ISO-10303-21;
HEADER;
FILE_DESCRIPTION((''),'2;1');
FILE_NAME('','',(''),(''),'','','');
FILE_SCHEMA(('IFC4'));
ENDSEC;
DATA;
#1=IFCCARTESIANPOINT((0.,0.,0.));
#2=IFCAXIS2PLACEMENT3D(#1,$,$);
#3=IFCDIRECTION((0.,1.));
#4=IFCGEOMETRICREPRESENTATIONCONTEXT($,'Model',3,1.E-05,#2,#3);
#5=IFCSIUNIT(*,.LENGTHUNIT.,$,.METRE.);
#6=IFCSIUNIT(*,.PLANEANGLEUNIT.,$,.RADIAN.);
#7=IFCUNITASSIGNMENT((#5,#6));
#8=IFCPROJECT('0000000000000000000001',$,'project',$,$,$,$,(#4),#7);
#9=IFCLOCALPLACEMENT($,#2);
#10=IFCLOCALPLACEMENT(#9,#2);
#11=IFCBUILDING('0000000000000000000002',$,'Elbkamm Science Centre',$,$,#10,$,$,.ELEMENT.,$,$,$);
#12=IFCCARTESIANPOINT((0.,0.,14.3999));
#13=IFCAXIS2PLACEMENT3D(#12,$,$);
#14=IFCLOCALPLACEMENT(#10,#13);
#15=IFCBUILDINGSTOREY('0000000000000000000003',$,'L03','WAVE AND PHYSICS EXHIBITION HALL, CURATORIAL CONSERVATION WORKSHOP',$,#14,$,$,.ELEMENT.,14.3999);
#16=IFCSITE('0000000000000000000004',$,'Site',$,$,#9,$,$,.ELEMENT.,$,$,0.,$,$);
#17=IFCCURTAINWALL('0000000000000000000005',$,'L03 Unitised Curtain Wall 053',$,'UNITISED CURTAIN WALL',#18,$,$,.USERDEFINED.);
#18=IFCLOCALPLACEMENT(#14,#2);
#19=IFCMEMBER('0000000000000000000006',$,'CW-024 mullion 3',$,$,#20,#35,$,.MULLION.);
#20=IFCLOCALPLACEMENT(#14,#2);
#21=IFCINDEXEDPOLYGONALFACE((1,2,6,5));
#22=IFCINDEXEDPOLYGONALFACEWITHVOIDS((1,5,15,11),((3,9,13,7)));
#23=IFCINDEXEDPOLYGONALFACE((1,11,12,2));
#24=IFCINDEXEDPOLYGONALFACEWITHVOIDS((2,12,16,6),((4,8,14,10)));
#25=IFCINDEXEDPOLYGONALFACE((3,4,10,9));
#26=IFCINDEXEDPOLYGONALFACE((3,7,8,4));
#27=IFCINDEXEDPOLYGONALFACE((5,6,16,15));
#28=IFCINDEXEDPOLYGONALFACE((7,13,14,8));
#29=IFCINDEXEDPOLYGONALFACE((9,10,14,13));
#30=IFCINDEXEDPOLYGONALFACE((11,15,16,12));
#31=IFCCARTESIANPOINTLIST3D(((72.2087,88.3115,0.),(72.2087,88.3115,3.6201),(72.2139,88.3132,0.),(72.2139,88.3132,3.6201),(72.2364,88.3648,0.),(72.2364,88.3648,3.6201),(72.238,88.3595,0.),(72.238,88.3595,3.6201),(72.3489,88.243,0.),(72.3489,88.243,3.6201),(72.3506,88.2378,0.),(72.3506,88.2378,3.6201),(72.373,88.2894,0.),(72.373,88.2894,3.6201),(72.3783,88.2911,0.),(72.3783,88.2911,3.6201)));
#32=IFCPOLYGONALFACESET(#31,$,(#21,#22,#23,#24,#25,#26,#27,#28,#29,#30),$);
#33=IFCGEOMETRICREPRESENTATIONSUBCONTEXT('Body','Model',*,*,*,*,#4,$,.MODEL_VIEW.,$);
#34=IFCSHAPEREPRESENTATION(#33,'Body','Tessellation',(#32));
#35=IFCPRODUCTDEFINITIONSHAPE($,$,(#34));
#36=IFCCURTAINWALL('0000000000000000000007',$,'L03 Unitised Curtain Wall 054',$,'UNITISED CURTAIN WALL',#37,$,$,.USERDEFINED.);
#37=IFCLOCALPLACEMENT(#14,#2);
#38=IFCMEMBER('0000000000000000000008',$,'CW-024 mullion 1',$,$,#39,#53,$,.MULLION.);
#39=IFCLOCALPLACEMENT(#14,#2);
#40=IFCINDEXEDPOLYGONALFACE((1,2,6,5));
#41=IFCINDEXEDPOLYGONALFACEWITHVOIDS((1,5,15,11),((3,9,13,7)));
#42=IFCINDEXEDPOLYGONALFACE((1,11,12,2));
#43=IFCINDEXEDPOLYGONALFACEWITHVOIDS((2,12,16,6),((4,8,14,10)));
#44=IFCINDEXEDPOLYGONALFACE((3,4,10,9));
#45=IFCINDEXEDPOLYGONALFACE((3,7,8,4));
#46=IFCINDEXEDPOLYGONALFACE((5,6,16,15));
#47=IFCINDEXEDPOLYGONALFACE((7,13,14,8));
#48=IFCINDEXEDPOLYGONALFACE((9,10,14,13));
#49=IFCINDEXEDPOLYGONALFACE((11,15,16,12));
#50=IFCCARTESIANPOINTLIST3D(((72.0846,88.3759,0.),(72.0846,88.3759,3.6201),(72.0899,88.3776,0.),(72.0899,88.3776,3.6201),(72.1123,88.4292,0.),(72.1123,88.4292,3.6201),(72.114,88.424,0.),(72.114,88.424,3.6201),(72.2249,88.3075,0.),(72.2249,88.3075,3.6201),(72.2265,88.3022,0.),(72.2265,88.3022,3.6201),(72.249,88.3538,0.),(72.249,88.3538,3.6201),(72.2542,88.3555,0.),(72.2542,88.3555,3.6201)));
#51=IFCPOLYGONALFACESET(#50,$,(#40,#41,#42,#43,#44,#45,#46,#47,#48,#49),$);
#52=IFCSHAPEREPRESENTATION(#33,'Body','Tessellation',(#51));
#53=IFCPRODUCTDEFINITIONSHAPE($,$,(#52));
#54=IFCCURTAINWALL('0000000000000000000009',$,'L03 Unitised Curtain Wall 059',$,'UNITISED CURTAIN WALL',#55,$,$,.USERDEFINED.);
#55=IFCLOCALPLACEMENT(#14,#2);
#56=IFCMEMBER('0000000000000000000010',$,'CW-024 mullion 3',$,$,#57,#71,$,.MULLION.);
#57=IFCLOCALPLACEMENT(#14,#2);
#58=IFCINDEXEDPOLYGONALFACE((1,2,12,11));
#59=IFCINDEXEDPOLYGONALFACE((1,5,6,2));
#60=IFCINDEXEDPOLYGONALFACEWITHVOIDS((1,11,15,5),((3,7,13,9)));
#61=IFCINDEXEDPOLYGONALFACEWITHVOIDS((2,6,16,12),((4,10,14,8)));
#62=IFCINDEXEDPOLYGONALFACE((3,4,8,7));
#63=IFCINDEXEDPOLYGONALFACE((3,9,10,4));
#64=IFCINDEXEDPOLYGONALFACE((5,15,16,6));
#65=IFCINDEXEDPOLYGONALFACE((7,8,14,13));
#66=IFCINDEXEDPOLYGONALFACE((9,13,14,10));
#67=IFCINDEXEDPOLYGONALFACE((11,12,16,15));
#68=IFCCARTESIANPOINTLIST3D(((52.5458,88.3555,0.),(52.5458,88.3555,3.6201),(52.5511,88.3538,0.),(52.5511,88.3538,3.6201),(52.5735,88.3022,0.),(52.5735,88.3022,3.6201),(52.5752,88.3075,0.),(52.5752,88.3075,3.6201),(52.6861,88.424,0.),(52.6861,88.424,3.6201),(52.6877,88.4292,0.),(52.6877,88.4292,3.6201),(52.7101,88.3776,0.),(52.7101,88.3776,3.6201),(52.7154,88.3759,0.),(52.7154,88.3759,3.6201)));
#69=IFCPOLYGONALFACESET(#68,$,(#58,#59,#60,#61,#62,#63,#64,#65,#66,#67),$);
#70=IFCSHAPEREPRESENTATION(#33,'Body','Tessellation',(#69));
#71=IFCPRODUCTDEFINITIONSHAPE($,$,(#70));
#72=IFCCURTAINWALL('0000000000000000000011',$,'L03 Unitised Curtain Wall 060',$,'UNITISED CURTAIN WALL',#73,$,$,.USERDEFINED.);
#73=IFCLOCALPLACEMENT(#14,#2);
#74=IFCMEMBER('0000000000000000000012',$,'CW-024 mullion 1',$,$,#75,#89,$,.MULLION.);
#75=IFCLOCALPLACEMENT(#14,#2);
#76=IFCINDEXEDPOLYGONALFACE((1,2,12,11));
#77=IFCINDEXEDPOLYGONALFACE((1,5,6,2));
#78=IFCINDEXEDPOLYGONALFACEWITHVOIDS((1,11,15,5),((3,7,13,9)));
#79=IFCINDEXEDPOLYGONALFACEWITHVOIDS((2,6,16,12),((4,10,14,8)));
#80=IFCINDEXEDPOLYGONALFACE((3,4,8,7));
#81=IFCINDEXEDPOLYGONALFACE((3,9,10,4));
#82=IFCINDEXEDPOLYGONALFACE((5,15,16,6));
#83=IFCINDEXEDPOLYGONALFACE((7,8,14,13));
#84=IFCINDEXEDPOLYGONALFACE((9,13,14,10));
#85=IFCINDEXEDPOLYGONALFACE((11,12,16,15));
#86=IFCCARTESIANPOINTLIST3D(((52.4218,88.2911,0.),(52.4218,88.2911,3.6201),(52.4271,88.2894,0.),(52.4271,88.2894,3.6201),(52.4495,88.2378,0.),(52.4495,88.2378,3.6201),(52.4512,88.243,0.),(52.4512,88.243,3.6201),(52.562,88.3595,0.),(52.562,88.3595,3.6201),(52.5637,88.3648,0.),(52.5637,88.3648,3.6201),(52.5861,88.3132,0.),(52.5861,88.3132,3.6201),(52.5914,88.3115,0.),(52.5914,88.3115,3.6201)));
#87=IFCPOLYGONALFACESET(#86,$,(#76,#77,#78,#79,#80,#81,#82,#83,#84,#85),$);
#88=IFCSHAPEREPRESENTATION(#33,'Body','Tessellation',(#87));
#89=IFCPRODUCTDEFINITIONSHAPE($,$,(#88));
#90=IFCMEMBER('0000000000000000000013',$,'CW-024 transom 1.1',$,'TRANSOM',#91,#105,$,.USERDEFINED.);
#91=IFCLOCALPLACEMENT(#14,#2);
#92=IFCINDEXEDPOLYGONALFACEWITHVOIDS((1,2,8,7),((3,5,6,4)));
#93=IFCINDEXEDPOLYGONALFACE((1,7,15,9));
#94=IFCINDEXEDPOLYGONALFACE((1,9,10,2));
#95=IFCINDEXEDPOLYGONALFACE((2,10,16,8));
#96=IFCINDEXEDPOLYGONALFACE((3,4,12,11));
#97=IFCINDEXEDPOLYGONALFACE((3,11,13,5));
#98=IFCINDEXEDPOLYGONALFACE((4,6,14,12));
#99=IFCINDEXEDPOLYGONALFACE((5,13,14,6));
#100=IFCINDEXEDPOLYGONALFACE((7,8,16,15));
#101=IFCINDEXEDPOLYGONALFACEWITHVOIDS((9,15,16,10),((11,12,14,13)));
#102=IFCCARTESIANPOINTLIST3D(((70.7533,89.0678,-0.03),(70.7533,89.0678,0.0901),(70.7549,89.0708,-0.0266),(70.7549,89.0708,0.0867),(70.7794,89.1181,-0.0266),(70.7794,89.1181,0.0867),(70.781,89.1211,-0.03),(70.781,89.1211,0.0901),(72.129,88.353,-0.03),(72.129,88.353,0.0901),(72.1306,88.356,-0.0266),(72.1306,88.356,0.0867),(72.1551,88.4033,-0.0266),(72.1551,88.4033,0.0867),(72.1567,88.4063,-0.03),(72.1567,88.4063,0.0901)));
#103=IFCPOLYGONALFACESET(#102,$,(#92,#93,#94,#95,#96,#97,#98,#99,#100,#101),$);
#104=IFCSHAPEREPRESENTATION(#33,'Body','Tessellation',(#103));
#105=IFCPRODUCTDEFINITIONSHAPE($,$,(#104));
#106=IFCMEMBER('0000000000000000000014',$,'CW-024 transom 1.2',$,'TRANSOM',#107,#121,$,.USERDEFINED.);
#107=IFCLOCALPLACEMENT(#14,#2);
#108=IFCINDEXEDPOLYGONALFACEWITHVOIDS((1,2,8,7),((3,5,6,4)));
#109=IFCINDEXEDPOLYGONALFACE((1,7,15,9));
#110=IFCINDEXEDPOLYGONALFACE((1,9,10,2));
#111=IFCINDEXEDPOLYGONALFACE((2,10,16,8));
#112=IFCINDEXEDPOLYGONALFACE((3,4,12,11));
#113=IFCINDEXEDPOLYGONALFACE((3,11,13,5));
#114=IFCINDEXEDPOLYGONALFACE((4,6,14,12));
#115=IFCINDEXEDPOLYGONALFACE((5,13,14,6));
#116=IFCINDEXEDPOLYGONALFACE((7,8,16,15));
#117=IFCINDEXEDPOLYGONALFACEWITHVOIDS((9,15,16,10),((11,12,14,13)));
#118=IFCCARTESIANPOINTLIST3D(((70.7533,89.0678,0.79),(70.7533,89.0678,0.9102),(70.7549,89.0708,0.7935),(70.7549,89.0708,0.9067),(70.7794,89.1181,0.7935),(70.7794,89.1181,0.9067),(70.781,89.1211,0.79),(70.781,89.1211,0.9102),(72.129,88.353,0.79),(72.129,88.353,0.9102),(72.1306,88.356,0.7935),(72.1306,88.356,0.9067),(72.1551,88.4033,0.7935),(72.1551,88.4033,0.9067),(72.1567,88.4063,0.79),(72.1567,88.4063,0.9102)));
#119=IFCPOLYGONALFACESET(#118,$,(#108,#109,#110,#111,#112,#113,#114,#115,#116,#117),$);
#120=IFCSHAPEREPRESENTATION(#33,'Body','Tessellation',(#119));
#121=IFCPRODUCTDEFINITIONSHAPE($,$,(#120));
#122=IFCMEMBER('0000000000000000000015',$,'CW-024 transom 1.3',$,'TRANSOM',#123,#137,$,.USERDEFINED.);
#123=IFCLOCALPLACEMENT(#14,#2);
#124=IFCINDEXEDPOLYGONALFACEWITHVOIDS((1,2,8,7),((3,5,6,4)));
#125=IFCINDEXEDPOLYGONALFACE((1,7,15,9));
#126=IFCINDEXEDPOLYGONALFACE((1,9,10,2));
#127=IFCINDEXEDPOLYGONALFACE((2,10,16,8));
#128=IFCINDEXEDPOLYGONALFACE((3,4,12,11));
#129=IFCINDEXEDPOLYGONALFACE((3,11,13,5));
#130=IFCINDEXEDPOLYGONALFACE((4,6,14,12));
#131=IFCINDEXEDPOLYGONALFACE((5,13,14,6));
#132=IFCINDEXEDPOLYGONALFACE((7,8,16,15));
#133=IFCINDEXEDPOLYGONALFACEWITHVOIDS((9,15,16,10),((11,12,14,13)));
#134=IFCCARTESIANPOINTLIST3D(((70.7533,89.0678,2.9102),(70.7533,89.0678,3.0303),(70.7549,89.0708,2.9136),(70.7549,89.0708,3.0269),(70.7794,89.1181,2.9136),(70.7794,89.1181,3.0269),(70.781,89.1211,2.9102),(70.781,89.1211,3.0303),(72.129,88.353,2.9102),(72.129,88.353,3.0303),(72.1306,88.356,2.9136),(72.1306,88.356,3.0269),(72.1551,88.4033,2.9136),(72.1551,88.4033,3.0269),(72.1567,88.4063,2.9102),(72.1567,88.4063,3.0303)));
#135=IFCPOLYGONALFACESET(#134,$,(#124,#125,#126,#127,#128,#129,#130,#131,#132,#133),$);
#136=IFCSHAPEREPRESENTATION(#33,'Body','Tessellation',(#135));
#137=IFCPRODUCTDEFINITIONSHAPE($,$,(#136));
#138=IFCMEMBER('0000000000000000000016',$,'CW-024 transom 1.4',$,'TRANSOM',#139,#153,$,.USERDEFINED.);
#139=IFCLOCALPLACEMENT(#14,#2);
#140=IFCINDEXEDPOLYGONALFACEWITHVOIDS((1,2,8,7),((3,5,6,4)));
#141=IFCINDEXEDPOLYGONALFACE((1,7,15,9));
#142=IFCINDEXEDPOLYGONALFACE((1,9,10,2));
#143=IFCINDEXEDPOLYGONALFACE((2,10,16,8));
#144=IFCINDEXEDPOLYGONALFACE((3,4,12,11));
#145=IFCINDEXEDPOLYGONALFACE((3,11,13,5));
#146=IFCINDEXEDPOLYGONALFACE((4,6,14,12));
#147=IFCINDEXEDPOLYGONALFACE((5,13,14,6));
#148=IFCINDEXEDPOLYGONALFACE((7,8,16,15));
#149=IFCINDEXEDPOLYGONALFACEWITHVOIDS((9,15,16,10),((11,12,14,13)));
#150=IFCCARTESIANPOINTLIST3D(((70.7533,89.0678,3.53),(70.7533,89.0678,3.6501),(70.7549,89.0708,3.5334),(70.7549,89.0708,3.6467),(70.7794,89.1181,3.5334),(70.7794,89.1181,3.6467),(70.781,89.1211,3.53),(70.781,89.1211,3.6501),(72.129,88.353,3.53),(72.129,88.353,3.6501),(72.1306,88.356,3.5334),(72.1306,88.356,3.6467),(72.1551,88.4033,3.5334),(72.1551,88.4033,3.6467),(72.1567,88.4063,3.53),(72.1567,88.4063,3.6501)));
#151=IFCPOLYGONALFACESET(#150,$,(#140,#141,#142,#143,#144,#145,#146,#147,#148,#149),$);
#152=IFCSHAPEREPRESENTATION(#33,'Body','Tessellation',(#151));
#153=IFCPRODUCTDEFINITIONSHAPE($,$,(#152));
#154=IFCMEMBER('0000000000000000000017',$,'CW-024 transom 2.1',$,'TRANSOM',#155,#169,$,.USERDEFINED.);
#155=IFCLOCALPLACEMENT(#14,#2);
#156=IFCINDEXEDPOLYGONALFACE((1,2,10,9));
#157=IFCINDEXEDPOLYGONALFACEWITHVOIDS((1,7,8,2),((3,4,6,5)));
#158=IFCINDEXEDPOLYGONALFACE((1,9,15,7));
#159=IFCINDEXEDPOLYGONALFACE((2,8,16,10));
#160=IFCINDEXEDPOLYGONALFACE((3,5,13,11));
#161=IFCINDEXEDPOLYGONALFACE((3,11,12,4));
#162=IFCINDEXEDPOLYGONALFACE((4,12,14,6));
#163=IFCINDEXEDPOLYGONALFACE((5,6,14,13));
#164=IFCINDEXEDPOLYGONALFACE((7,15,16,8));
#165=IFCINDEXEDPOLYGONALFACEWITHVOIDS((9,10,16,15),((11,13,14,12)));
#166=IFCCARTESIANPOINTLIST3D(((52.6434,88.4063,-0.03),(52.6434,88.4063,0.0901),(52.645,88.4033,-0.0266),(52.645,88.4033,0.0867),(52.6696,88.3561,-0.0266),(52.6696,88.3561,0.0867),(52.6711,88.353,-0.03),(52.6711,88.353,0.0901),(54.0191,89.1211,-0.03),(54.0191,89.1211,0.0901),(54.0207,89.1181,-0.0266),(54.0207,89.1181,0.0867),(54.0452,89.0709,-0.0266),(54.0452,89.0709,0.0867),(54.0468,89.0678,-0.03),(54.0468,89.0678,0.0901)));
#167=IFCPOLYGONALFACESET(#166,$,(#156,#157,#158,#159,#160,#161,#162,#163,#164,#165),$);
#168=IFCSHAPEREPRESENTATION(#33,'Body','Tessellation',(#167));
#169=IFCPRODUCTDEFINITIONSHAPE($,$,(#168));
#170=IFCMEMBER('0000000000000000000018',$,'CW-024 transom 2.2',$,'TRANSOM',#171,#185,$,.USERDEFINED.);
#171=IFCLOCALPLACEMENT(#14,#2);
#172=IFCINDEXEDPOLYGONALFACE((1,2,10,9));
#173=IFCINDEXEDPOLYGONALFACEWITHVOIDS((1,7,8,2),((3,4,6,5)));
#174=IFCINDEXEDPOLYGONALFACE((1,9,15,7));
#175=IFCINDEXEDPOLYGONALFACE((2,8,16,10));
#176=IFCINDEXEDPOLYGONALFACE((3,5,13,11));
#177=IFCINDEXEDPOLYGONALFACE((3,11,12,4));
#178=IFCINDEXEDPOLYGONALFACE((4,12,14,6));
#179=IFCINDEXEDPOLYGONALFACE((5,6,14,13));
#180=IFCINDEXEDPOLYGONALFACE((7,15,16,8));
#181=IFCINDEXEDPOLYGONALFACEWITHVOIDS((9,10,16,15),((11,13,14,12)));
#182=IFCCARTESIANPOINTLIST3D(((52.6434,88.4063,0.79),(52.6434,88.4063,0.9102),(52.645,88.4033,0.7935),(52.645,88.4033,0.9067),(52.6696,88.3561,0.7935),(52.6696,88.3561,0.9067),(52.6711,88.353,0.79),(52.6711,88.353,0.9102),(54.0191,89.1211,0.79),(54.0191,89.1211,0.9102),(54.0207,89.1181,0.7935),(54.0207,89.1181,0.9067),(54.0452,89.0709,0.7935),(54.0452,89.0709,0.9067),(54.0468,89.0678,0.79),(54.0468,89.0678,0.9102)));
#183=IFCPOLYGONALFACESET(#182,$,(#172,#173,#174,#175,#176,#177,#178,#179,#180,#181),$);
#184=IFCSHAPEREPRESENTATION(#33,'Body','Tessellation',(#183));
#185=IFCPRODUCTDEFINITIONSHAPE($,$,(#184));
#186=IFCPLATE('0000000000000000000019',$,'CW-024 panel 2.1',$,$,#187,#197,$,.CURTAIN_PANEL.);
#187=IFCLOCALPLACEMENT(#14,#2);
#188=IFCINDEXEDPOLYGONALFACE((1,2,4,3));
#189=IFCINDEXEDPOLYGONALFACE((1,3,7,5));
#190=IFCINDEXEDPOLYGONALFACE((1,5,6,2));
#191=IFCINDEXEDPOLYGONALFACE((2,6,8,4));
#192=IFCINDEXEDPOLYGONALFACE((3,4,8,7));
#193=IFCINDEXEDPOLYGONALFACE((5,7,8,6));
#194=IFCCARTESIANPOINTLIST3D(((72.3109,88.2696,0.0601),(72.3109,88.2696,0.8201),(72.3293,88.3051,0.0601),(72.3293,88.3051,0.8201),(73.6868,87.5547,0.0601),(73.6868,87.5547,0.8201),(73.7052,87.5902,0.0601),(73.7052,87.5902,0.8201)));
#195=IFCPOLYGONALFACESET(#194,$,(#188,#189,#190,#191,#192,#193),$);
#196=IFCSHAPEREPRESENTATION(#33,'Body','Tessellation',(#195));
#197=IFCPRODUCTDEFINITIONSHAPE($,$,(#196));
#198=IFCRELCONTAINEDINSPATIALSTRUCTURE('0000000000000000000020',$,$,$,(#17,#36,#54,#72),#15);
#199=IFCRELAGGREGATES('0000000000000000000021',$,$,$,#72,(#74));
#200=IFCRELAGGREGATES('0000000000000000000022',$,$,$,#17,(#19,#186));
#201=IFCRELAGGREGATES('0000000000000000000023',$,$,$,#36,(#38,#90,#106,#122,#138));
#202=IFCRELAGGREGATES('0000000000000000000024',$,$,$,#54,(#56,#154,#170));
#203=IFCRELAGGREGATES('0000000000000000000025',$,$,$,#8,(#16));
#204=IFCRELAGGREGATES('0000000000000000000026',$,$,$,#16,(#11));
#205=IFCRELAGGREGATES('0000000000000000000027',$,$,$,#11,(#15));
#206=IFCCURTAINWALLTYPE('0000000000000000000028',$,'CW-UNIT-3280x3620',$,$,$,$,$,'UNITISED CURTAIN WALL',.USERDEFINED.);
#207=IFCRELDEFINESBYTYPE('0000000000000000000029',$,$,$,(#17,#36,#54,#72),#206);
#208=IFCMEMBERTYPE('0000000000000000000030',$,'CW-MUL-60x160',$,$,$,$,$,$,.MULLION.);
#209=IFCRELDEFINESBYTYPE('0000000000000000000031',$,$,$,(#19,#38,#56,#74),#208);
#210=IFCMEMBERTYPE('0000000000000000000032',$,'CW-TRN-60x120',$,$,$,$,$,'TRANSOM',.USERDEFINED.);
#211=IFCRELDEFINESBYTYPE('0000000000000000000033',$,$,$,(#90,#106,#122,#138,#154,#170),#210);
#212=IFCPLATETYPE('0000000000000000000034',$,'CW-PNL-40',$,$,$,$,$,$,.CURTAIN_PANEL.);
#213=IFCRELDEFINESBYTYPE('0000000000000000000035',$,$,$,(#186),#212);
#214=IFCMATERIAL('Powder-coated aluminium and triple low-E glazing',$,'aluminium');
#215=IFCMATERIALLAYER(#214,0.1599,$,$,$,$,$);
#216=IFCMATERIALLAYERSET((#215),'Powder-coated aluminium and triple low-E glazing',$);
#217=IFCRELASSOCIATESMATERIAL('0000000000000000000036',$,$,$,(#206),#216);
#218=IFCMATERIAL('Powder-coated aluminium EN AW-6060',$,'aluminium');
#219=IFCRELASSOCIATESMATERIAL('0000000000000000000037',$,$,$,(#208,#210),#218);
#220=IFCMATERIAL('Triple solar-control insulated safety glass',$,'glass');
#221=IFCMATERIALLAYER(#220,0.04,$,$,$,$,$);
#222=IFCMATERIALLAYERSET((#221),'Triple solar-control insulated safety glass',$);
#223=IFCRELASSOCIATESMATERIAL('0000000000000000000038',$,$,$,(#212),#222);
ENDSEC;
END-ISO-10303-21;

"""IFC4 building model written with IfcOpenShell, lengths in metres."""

from ifc_helpers import new_model, si_unit, direction, frame, origin, origin_2d, place, context, subcontext, project, spatial, rectangle, hollow_rectangle, extrude, material, layer, layer_set, material_profile, profile_set, type_object, element, aggregate, save


model = new_model("IFC4")

# Units and contexts
model_context = context("Model", 3, precision=1e-05, world=origin(), true_north=direction((0.0, 1.0)))
body_context = subcontext(model_context, "Body", "Model", "MODEL_VIEW")
ifc_project = project(units=[si_unit("LENGTHUNIT", "METRE"), si_unit("PLANEANGLEUNIT", "RADIAN")], contexts=[model_context])

# Site, building, storey
site_placement = place(None, origin())
site = spatial("IfcSite", under=ifc_project, at=site_placement, Name="Site", CompositionType="ELEMENT", RefElevation=0.0)
building_placement = place(site_placement, origin())
building = spatial("IfcBuilding", under=site, at=building_placement, Name="Elbkamm Science Centre", CompositionType="ELEMENT")
storey_placement = place(building_placement, frame((0.0, 0.0, 14.3999)))
storey = spatial("IfcBuildingStorey", under=building, at=storey_placement, Name="L03", Description="WAVE AND PHYSICS EXHIBITION HALL, CURATORIAL CONSERVATION WORKSHOP", CompositionType="ELEMENT", Elevation=14.3999)

# Curtain walls, members
ifc_material_1 = material(Name="Powder-coated aluminium and triple low-E glazing", Category="aluminium")
ifc_layer_1 = layer(ifc_material_1, 0.1599)
ifc_layer_set_1 = layer_set([ifc_layer_1], Name="Powder-coated aluminium and triple low-E glazing")
curtain_wall_type = type_object("IfcCurtainWallType", Name="CW-UNIT-3280x3620", ElementType="UNITISED CURTAIN WALL", PredefinedType="USERDEFINED", material=ifc_layer_set_1)
curtain_wall_1_placement = place(storey_placement, origin())
curtain_wall_1 = element("IfcCurtainWall", 1, at=curtain_wall_1_placement, inside=storey, type_object=curtain_wall_type, Name="L03 Unitised Curtain Wall 053", ObjectType="UNITISED CURTAIN WALL", PredefinedType="USERDEFINED")
ifc_material_2 = material(Name="Powder-coated aluminium EN AW-6060", Category="aluminium")
ifc_material_profile_1 = material_profile(ifc_material_2, hollow_rectangle(XDim=0.0601, YDim=0.1599, WallThickness=0.0039, at=origin_2d()), Name="ALU M60x160")
ifc_profile_set_1 = profile_set([ifc_material_profile_1], Name="Powder-coated aluminium EN AW-6060")
member_type_1 = type_object("IfcMemberType", Name="CW-MUL-60x160", PredefinedType="MULLION", material=ifc_profile_set_1)
member_1_placement = place(storey_placement, frame((72.2935, 88.3013, 0.0), z_axis=(0.0, 0.0, 1.0), x_axis=(-0.461071, -0.887363, 0.0)))
member_1 = element("IfcMember", 2, at=member_1_placement, type_object=member_type_1, Name="CW-024 mullion 3", PredefinedType="MULLION", context=body_context, shape_type="SweptSolid", body=[
    extrude(hollow_rectangle(XDim=0.0601, YDim=0.1599, WallThickness=0.0039, at=origin_2d()), origin(), (0.0, 0.0, 1.0), 3.6201),
])
curtain_wall_2_placement = place(storey_placement, origin())
curtain_wall_2 = element("IfcCurtainWall", 3, at=curtain_wall_2_placement, inside=storey, type_object=curtain_wall_type, Name="L03 Unitised Curtain Wall 054", ObjectType="UNITISED CURTAIN WALL", PredefinedType="USERDEFINED")
member_2_placement = place(storey_placement, frame((72.1694, 88.3657, 0.0), z_axis=(0.0, 0.0, 1.0), x_axis=(-0.461071, -0.887363, 0.0)))
member_2 = element("IfcMember", 4, at=member_2_placement, type_object=member_type_1, Name="CW-024 mullion 1", PredefinedType="MULLION", context=body_context, shape_type="SweptSolid", body=[
    extrude(hollow_rectangle(XDim=0.0601, YDim=0.1599, WallThickness=0.0039, at=origin_2d()), origin(), (0.0, 0.0, 1.0), 3.6201),
])
curtain_wall_3_placement = place(storey_placement, origin())
curtain_wall_3 = element("IfcCurtainWall", 5, at=curtain_wall_3_placement, inside=storey, type_object=curtain_wall_type, Name="L03 Unitised Curtain Wall 059", ObjectType="UNITISED CURTAIN WALL", PredefinedType="USERDEFINED")
member_3_placement = place(storey_placement, frame((52.6306, 88.3657, 0.0), z_axis=(0.0, 0.0, 1.0), x_axis=(0.461071, -0.887363, 0.0)))
member_3 = element("IfcMember", 6, at=member_3_placement, type_object=member_type_1, Name="CW-024 mullion 3", PredefinedType="MULLION", context=body_context, shape_type="SweptSolid", body=[
    extrude(hollow_rectangle(XDim=0.0601, YDim=0.1599, WallThickness=0.0039, at=origin_2d()), origin(), (0.0, 0.0, 1.0), 3.6201),
])
curtain_wall_4_placement = place(storey_placement, origin())
curtain_wall_4 = element("IfcCurtainWall", 7, at=curtain_wall_4_placement, inside=storey, type_object=curtain_wall_type, Name="L03 Unitised Curtain Wall 060", ObjectType="UNITISED CURTAIN WALL", PredefinedType="USERDEFINED")
member_4_placement = place(storey_placement, frame((52.5066, 88.3013, 0.0), z_axis=(0.0, 0.0, 1.0), x_axis=(0.461071, -0.887363, 0.0)))
member_4 = element("IfcMember", 8, at=member_4_placement, type_object=member_type_1, Name="CW-024 mullion 1", PredefinedType="MULLION", context=body_context, shape_type="SweptSolid", body=[
    extrude(hollow_rectangle(XDim=0.0601, YDim=0.1599, WallThickness=0.0039, at=origin_2d()), origin(), (0.0, 0.0, 1.0), 3.6201),
])
aggregate(curtain_wall_4, [member_4])

# Members
ifc_material_profile_2 = material_profile(ifc_material_2, hollow_rectangle(XDim=0.0601, YDim=0.1201, WallThickness=0.0034, at=origin_2d()), Name="ALU T60x120")
ifc_profile_set_2 = profile_set([ifc_material_profile_2], Name="Powder-coated aluminium EN AW-6060")
member_type_2 = type_object("IfcMemberType", Name="CW-TRN-60x120", ElementType="TRANSOM", PredefinedType="USERDEFINED", material=ifc_profile_set_2)
member_5_placement = place(storey_placement, frame((72.1428, 88.3796, 0.03), z_axis=(-0.887359, 0.46108, 0.0), x_axis=(-0.46108, -0.887359, 0.0)))
member_5 = element("IfcMember", 9, at=member_5_placement, type_object=member_type_2, Name="CW-024 transom 1.1", ObjectType="TRANSOM", PredefinedType="USERDEFINED", context=body_context, shape_type="SweptSolid", body=[
    extrude(hollow_rectangle(XDim=0.0601, YDim=0.1201, WallThickness=0.0034, at=origin_2d()), origin(), (0.0, 0.0, 1.0), 1.5503),
])
member_6_placement = place(storey_placement, frame((72.1428, 88.3796, 0.8501), z_axis=(-0.887359, 0.46108, 0.0), x_axis=(-0.46108, -0.887359, 0.0)))
member_6 = element("IfcMember", 10, at=member_6_placement, type_object=member_type_2, Name="CW-024 transom 1.2", ObjectType="TRANSOM", PredefinedType="USERDEFINED", context=body_context, shape_type="SweptSolid", body=[
    extrude(hollow_rectangle(XDim=0.0601, YDim=0.1201, WallThickness=0.0034, at=origin_2d()), origin(), (0.0, 0.0, 1.0), 1.5503),
])
member_7_placement = place(storey_placement, frame((72.1428, 88.3796, 2.9702), z_axis=(-0.887359, 0.46108, 0.0), x_axis=(-0.46108, -0.887359, 0.0)))
member_7 = element("IfcMember", 11, at=member_7_placement, type_object=member_type_2, Name="CW-024 transom 1.3", ObjectType="TRANSOM", PredefinedType="USERDEFINED", context=body_context, shape_type="SweptSolid", body=[
    extrude(hollow_rectangle(XDim=0.0601, YDim=0.1201, WallThickness=0.0034, at=origin_2d()), origin(), (0.0, 0.0, 1.0), 1.5503),
])
member_8_placement = place(storey_placement, frame((72.1428, 88.3796, 3.5901), z_axis=(-0.887359, 0.46108, 0.0), x_axis=(-0.46108, -0.887359, 0.0)))
member_8 = element("IfcMember", 12, at=member_8_placement, type_object=member_type_2, Name="CW-024 transom 1.4", ObjectType="TRANSOM", PredefinedType="USERDEFINED", context=body_context, shape_type="SweptSolid", body=[
    extrude(hollow_rectangle(XDim=0.0601, YDim=0.1201, WallThickness=0.0034, at=origin_2d()), origin(), (0.0, 0.0, 1.0), 1.5503),
])
member_9_placement = place(storey_placement, frame((54.033, 89.0945, 0.03), z_axis=(-0.887359, -0.46108, 0.0), x_axis=(0.46108, -0.887359, 0.0)))
member_9 = element("IfcMember", 13, at=member_9_placement, type_object=member_type_2, Name="CW-024 transom 2.1", ObjectType="TRANSOM", PredefinedType="USERDEFINED", context=body_context, shape_type="SweptSolid", body=[
    extrude(hollow_rectangle(XDim=0.0601, YDim=0.1201, WallThickness=0.0034, at=origin_2d()), origin(), (0.0, 0.0, 1.0), 1.5503),
])
member_10_placement = place(storey_placement, frame((54.033, 89.0945, 0.8501), z_axis=(-0.887359, -0.46108, 0.0), x_axis=(0.46108, -0.887359, 0.0)))
member_10 = element("IfcMember", 14, at=member_10_placement, type_object=member_type_2, Name="CW-024 transom 2.2", ObjectType="TRANSOM", PredefinedType="USERDEFINED", context=body_context, shape_type="SweptSolid", body=[
    extrude(hollow_rectangle(XDim=0.0601, YDim=0.1201, WallThickness=0.0034, at=origin_2d()), origin(), (0.0, 0.0, 1.0), 1.5503),
])

# Plate
ifc_material_3 = material(Name="Triple solar-control insulated safety glass", Category="glass")
ifc_layer_2 = layer(ifc_material_3, 0.04)
ifc_layer_set_2 = layer_set([ifc_layer_2], Name="Triple solar-control insulated safety glass")
plate_type = type_object("IfcPlateType", Name="CW-PNL-40", PredefinedType="CURTAIN_PANEL", material=ifc_layer_set_2)
plate_1_placement = place(storey_placement, frame((73.0081, 87.9299, 0.0601), z_axis=(0.0, 0.0, 1.0), x_axis=(-0.887363, 0.461071, 0.0)))
plate_1 = element("IfcPlate", 15, at=plate_1_placement, type_object=plate_type, Name="CW-024 panel 2.1", PredefinedType="CURTAIN_PANEL", context=body_context, shape_type="SweptSolid", body=[
    extrude(rectangle(XDim=1.5505, YDim=0.04, at=origin_2d()), origin(), (0.0, 0.0, 1.0), 0.76),
])
aggregate(curtain_wall_1, [member_1, plate_1])
aggregate(curtain_wall_2, [member_2, member_5, member_6, member_7, member_8])
aggregate(curtain_wall_3, [member_3, member_9, member_10])

save(model, "model.ifc")
